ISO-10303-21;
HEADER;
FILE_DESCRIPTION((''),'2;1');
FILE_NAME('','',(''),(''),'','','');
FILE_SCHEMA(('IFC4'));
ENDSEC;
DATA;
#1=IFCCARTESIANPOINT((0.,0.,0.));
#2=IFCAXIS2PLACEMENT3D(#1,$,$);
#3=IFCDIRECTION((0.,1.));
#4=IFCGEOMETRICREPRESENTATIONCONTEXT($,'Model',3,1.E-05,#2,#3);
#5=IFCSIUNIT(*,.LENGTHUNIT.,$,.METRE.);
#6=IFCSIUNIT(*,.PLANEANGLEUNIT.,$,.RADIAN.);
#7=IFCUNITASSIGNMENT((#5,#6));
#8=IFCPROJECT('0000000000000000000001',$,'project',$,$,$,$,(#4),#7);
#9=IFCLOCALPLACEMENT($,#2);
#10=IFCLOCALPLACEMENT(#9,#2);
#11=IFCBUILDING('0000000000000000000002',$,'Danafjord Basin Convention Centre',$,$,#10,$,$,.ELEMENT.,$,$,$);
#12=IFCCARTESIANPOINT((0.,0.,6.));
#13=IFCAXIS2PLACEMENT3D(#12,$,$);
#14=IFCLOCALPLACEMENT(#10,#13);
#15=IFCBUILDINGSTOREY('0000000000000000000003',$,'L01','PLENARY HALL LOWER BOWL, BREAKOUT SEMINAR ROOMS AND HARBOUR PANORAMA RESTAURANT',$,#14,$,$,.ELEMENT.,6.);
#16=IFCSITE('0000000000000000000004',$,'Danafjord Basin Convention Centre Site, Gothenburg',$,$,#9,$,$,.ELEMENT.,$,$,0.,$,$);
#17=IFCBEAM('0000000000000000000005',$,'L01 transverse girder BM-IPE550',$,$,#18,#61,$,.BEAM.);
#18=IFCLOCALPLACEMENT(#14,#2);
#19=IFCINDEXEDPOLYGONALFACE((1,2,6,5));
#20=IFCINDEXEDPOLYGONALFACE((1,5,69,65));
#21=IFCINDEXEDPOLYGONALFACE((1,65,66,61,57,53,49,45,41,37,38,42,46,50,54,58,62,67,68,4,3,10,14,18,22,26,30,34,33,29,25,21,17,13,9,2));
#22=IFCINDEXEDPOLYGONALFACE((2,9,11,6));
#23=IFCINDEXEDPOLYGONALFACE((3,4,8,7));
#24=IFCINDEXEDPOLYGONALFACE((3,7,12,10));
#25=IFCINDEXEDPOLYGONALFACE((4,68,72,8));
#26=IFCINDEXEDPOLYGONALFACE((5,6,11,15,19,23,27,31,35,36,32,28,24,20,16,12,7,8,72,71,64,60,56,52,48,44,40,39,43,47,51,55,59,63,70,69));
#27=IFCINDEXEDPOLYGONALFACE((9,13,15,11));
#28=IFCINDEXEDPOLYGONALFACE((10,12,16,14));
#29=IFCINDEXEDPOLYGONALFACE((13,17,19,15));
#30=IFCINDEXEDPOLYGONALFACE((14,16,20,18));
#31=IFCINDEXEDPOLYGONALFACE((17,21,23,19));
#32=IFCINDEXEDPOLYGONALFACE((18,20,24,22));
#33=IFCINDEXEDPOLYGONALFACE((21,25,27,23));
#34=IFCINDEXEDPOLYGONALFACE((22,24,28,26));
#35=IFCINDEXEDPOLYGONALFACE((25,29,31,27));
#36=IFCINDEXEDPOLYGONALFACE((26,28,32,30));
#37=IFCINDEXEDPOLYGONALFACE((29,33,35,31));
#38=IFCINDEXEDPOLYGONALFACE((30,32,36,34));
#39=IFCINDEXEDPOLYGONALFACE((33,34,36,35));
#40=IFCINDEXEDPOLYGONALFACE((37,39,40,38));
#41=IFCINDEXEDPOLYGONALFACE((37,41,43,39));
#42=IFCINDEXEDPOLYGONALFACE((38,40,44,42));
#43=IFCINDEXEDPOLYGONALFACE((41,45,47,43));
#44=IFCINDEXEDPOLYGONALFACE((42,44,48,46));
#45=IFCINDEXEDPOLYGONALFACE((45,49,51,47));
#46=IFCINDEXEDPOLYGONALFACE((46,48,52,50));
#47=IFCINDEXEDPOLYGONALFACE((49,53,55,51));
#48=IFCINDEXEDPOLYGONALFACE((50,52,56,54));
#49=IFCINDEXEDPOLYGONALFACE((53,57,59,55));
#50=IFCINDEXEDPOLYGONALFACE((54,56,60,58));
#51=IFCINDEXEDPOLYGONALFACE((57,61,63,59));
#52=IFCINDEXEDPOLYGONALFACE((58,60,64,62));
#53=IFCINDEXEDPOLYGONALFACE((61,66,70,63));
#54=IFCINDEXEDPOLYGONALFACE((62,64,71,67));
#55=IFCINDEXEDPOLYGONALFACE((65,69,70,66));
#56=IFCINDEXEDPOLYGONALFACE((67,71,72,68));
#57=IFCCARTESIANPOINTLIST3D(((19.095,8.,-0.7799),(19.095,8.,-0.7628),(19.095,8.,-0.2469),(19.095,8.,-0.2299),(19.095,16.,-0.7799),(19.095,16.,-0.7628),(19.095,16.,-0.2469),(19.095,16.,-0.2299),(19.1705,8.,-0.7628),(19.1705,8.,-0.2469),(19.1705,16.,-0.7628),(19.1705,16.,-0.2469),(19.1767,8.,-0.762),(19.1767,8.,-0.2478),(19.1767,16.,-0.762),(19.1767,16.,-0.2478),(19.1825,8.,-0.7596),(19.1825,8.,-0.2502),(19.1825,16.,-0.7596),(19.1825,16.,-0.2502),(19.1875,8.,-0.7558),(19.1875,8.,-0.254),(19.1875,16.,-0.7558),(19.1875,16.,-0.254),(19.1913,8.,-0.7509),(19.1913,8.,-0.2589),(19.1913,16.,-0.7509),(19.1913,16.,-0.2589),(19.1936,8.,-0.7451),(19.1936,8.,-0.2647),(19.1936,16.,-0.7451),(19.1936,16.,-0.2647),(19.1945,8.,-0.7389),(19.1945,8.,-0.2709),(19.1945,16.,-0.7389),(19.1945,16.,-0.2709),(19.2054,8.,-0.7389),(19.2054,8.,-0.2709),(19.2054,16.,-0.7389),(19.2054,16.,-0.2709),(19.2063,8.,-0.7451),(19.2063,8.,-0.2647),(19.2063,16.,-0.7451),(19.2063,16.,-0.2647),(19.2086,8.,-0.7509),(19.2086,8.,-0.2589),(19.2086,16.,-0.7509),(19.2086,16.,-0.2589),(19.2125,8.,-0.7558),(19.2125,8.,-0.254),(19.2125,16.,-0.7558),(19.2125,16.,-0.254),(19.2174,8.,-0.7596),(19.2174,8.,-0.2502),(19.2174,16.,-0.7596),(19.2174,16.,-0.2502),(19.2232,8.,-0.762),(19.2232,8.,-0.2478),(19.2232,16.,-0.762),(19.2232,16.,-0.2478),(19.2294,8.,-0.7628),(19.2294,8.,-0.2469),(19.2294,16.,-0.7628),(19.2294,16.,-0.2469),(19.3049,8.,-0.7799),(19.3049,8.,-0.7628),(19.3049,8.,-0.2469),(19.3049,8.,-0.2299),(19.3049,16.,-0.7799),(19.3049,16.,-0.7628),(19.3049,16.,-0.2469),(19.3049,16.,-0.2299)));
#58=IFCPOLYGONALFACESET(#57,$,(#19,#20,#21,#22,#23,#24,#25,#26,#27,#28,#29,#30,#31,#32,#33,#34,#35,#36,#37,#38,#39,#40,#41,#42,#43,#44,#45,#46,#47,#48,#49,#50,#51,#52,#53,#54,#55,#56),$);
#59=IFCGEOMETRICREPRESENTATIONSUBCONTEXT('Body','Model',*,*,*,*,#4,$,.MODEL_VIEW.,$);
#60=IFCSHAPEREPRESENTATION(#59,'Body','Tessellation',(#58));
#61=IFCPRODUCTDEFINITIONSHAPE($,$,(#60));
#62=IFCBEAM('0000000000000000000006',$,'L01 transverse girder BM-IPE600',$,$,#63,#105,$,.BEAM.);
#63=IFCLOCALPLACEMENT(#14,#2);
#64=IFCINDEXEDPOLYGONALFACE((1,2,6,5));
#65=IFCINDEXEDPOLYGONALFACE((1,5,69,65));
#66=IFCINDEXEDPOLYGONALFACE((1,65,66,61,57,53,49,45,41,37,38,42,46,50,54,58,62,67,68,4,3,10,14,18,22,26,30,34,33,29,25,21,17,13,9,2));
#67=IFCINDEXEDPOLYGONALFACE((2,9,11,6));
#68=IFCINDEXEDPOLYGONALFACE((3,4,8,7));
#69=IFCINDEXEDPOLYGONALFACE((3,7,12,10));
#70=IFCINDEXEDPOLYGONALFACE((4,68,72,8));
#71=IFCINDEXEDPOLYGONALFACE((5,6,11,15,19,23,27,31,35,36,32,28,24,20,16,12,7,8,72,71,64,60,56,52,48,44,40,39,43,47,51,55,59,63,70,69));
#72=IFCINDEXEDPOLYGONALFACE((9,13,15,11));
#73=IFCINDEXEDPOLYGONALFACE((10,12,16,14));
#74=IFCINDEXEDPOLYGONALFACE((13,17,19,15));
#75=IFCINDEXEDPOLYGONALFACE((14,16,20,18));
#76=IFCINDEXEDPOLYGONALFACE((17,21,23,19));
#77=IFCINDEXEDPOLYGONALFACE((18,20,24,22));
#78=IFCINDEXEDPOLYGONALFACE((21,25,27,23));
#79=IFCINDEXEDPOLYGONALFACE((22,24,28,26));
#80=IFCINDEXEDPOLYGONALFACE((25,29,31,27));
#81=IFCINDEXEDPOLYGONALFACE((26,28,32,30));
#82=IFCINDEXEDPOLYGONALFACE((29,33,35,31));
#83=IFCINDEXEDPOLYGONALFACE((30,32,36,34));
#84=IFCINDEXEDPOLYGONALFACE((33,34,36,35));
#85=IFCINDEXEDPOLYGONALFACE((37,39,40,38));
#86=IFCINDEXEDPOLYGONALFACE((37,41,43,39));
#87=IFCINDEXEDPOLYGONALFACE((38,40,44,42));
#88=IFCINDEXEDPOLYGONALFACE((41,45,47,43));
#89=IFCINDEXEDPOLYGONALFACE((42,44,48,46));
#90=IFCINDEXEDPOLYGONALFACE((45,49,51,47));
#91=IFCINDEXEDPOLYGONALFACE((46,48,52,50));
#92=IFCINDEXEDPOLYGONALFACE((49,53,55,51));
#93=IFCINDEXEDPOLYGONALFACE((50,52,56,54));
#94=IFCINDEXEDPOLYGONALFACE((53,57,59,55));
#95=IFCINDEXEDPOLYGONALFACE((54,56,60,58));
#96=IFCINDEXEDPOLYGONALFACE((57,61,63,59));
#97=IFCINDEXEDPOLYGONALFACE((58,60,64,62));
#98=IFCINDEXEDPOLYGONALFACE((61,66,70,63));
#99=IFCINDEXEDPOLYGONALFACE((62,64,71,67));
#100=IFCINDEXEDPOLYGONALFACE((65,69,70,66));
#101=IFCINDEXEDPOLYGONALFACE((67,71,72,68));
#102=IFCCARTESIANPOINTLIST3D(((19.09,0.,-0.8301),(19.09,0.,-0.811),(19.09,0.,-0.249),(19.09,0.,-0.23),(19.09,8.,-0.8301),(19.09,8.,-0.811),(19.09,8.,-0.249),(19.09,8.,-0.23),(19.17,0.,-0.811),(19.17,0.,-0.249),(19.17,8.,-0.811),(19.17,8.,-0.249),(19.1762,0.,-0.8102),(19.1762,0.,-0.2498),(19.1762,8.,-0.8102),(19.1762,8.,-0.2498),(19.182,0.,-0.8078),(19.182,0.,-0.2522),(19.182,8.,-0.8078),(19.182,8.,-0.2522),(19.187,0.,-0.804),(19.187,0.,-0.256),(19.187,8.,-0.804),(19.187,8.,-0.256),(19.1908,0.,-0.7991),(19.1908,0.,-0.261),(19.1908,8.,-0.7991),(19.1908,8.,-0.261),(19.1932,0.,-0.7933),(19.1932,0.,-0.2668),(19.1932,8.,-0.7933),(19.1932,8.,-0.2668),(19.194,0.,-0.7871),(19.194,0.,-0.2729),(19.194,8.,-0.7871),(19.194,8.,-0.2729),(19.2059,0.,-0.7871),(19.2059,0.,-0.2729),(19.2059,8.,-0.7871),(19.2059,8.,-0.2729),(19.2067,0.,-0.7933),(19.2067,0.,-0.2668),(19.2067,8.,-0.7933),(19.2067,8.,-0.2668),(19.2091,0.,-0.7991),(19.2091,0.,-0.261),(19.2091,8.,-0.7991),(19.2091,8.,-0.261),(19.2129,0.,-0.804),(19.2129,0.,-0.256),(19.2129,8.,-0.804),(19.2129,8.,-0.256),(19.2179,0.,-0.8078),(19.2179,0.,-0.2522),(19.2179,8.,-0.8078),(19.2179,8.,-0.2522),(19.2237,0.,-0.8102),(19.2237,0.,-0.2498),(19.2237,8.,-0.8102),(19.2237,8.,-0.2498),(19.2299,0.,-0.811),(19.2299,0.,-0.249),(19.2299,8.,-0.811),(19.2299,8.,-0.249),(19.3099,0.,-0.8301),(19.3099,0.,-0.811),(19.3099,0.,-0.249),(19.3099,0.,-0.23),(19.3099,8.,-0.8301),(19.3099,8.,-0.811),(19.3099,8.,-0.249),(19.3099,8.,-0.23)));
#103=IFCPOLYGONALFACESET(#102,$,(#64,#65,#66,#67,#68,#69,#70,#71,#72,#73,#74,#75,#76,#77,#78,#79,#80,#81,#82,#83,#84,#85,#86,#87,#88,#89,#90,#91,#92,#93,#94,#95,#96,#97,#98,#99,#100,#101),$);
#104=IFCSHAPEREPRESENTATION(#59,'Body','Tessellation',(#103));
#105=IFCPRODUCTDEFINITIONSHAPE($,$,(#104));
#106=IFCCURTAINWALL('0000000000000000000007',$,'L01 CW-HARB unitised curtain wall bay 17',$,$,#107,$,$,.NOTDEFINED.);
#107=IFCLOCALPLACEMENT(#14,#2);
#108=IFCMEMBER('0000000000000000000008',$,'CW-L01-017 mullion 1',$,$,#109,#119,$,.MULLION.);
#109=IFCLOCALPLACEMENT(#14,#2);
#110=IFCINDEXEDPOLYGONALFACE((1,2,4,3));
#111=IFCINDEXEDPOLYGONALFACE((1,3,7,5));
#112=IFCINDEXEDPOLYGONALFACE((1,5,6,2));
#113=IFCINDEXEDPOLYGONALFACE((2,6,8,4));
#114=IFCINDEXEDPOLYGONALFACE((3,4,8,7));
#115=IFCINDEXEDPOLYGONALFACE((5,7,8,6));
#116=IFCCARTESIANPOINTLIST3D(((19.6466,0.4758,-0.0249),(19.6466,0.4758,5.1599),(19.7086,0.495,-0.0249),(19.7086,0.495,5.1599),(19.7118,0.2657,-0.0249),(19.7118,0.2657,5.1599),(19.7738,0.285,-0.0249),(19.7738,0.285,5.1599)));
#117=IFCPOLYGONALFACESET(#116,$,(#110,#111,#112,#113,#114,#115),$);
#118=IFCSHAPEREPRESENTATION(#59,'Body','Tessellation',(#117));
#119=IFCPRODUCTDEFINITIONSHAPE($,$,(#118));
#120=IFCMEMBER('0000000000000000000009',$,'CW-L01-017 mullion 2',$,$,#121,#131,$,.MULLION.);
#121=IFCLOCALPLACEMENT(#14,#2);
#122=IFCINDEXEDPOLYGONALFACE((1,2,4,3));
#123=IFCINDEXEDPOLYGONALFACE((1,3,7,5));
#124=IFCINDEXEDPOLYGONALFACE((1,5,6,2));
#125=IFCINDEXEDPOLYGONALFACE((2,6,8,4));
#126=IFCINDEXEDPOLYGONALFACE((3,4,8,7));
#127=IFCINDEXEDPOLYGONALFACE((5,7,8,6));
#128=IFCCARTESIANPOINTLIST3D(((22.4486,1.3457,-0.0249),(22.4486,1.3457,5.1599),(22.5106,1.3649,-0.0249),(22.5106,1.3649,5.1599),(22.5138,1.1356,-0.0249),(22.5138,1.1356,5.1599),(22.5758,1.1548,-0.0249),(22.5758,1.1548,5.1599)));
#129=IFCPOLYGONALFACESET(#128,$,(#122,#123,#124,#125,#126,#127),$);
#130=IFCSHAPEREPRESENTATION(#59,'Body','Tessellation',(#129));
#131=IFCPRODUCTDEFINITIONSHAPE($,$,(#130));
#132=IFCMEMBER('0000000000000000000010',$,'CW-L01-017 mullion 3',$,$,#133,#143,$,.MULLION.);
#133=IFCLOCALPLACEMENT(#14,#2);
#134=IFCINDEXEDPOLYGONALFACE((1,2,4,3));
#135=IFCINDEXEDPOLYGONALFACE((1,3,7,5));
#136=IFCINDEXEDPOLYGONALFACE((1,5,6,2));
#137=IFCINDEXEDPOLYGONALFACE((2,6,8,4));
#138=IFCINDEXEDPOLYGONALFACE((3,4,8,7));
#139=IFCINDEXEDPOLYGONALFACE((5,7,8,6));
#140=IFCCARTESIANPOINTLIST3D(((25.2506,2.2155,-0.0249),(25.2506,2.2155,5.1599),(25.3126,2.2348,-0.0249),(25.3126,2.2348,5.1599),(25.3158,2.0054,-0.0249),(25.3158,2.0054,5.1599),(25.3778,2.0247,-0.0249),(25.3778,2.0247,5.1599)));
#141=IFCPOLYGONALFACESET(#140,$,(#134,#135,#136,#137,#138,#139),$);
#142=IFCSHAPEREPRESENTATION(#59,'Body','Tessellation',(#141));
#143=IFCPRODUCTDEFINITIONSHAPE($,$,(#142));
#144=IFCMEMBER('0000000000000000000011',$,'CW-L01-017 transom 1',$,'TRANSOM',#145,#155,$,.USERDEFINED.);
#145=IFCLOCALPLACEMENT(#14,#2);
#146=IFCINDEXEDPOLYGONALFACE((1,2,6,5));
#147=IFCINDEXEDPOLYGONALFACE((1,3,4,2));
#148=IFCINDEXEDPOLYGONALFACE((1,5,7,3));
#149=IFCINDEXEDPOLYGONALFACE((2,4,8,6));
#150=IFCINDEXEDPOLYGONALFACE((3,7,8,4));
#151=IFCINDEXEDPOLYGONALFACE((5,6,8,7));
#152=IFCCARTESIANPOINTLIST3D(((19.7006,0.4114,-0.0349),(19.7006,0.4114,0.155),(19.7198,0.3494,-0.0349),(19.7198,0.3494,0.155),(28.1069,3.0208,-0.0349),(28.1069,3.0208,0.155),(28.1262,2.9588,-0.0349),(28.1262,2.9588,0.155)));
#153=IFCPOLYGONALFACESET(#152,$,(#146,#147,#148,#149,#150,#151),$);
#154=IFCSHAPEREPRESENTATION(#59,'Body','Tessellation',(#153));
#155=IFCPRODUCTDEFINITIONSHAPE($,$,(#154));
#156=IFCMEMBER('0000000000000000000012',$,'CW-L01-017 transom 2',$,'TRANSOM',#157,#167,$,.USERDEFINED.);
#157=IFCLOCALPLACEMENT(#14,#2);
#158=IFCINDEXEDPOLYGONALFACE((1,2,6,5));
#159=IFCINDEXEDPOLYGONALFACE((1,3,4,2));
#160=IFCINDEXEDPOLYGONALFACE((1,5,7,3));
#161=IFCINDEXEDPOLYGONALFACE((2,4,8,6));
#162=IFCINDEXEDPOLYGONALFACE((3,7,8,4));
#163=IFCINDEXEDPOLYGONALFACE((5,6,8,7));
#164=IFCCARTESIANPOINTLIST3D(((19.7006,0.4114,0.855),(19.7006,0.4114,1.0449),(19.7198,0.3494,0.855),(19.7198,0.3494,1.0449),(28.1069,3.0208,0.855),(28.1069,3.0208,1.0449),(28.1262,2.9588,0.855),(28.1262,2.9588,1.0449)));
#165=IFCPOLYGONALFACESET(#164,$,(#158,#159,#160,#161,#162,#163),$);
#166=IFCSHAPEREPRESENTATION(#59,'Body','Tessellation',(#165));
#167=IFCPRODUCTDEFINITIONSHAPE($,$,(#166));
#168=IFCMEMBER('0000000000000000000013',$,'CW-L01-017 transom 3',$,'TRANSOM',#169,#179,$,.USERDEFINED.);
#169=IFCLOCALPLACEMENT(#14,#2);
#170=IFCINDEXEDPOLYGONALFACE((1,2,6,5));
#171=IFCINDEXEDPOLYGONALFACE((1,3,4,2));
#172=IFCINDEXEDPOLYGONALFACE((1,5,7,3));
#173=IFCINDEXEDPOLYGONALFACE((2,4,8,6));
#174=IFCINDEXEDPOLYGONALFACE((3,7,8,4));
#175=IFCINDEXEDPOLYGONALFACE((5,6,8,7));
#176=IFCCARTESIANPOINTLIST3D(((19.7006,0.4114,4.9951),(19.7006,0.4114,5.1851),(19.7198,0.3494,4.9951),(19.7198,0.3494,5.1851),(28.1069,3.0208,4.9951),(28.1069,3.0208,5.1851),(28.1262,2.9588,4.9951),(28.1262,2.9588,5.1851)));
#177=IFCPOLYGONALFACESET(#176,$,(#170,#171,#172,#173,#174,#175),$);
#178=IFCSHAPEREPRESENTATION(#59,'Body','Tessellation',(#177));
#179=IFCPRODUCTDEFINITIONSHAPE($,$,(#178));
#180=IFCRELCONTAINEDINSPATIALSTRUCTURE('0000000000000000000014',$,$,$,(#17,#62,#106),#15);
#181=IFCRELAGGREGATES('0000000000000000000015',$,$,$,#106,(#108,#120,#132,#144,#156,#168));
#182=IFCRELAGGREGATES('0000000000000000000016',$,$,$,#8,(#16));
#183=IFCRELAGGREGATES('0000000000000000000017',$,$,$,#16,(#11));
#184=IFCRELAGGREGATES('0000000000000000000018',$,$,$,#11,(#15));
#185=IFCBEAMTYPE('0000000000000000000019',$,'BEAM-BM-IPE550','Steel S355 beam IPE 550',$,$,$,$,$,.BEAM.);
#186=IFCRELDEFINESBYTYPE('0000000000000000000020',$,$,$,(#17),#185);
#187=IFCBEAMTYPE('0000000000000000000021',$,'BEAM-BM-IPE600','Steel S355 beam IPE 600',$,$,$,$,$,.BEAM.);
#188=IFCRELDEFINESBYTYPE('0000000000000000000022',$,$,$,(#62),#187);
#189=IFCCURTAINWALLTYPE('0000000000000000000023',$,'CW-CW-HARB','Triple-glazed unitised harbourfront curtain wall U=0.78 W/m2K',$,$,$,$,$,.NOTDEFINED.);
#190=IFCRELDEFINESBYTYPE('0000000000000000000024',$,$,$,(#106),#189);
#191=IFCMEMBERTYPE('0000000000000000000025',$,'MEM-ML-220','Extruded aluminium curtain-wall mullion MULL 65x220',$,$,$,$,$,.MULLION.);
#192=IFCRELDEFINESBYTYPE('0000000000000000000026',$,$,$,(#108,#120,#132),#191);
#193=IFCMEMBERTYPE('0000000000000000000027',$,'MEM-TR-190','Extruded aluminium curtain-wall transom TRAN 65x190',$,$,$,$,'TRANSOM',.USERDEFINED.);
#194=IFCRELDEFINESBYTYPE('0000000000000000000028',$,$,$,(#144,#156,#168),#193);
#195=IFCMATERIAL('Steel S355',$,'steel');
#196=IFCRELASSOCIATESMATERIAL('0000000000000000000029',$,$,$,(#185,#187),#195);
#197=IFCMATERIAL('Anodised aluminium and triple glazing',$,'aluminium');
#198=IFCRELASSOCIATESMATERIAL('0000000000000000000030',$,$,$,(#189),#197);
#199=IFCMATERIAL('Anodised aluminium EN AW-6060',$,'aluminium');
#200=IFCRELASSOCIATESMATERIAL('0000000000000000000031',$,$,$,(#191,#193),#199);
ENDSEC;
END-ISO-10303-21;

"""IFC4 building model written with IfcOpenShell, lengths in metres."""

from ifc_helpers import new_model, si_unit, direction, frame, origin, origin_2d, place, context, subcontext, project, spatial, rectangle, i_section, extrude, material, material_profile, profile_set, type_object, element, aggregate, save


model = new_model("IFC4")

# Units and contexts
model_context = context("Model", 3, precision=1e-05, world=origin(), true_north=direction((0.0, 1.0)))
body_context = subcontext(model_context, "Body", "Model", "MODEL_VIEW")
ifc_project = project(units=[si_unit("LENGTHUNIT", "METRE"), si_unit("PLANEANGLEUNIT", "RADIAN")], contexts=[model_context])

# Site, building, storey
site_placement = place(None, origin())
site = spatial("IfcSite", under=ifc_project, at=site_placement, Name="Danafjord Basin Convention Centre Site, Gothenburg", CompositionType="ELEMENT", RefElevation=0.0)
building_placement = place(site_placement, origin())
building = spatial("IfcBuilding", under=site, at=building_placement, Name="Danafjord Basin Convention Centre", CompositionType="ELEMENT")
storey_placement = place(building_placement, frame((0.0, 0.0, 6.0)))
storey = spatial("IfcBuildingStorey", under=building, at=storey_placement, Name="L01", Description="PLENARY HALL LOWER BOWL, BREAKOUT SEMINAR ROOMS AND HARBOUR PANORAMA RESTAURANT", CompositionType="ELEMENT", Elevation=6.0)

# Shared definitions
ifc_material_1 = material(Name="Steel S355", Category="steel")

# Beams
ifc_material_profile_1 = material_profile(ifc_material_1, i_section(OverallWidth=0.21, OverallDepth=0.55, WebThickness=0.011, FlangeThickness=0.0171, FilletRadius=0.0239, at=origin_2d()), Name="IPE 550")
ifc_profile_set_1 = profile_set([ifc_material_profile_1], Name="Steel S355")
beam_type_1 = type_object("IfcBeamType", Name="BEAM-BM-IPE550", Description="Steel S355 beam IPE 550", PredefinedType="BEAM", material=ifc_profile_set_1)
beam_1_placement = place(storey_placement, frame((19.2, 8.0, -0.5049), z_axis=(0.0, 1.0, 0.0), x_axis=(-1.0, 0.0, 0.0)))
element("IfcBeam", 1, at=beam_1_placement, inside=storey, type_object=beam_type_1, Name="L01 transverse girder BM-IPE550", PredefinedType="BEAM", context=body_context, shape_type="SweptSolid", body=[
    extrude(i_section(OverallWidth=0.21, OverallDepth=0.55, WebThickness=0.011, FlangeThickness=0.0171, FilletRadius=0.0239, at=origin_2d()), origin(), (0.0, 0.0, 1.0), 8.0),
])
ifc_material_profile_2 = material_profile(ifc_material_1, i_section(OverallWidth=0.22, OverallDepth=0.6001, WebThickness=0.012, FlangeThickness=0.019, FilletRadius=0.0239, at=origin_2d()), Name="IPE 600")
ifc_profile_set_2 = profile_set([ifc_material_profile_2], Name="Steel S355")
beam_type_2 = type_object("IfcBeamType", Name="BEAM-BM-IPE600", Description="Steel S355 beam IPE 600", PredefinedType="BEAM", material=ifc_profile_set_2)
beam_2_placement = place(storey_placement, frame((19.2, 0.0, -0.53), z_axis=(0.0, 1.0, 0.0), x_axis=(-1.0, 0.0, 0.0)))
element("IfcBeam", 2, at=beam_2_placement, inside=storey, type_object=beam_type_2, Name="L01 transverse girder BM-IPE600", PredefinedType="BEAM", context=body_context, shape_type="SweptSolid", body=[
    extrude(i_section(OverallWidth=0.22, OverallDepth=0.6001, WebThickness=0.012, FlangeThickness=0.019, FilletRadius=0.0239, at=origin_2d()), origin(), (0.0, 0.0, 1.0), 8.0),
])

# Curtain wall, members
ifc_material_2 = material(Name="Anodised aluminium and triple glazing", Category="aluminium")
curtain_wall_type = type_object("IfcCurtainWallType", Name="CW-CW-HARB", Description="Triple-glazed unitised harbourfront curtain wall U=0.78 W/m2K", PredefinedType="NOTDEFINED", material=ifc_material_2)
curtain_wall_placement = place(storey_placement, origin())
curtain_wall = element("IfcCurtainWall", 3, at=curtain_wall_placement, inside=storey, type_object=curtain_wall_type, Name="L01 CW-HARB unitised curtain wall bay 17", PredefinedType="NOTDEFINED")
ifc_material_3 = material(Name="Anodised aluminium EN AW-6060", Category="aluminium")
ifc_material_profile_3 = material_profile(ifc_material_3, rectangle(XDim=0.0649, YDim=0.22, at=origin_2d()), Name="MULL 65x220")
ifc_profile_set_3 = profile_set([ifc_material_profile_3], Name="Anodised aluminium EN AW-6060")
member_type_1 = type_object("IfcMemberType", Name="MEM-ML-220", Description="Extruded aluminium curtain-wall mullion MULL 65x220", PredefinedType="MULLION", material=ifc_profile_set_3)
member_1_placement = place(storey_placement, frame((19.7102, 0.3804, -0.0249), z_axis=(0.0, 0.0, 1.0), x_axis=(0.955045, 0.296462, 0.0)))
member_1 = element("IfcMember", 4, at=member_1_placement, type_object=member_type_1, Name="CW-L01-017 mullion 1", PredefinedType="MULLION", context=body_context, shape_type="SweptSolid", body=[
    extrude(rectangle(XDim=0.0649, YDim=0.22, at=origin_2d()), origin(), (0.0, 0.0, 1.0), 5.1848),
])
member_2_placement = place(storey_placement, frame((22.5122, 1.2502, -0.0249), z_axis=(0.0, 0.0, 1.0), x_axis=(0.955045, 0.296462, 0.0)))
member_2 = element("IfcMember", 5, at=member_2_placement, type_object=member_type_1, Name="CW-L01-017 mullion 2", PredefinedType="MULLION", context=body_context, shape_type="SweptSolid", body=[
    extrude(rectangle(XDim=0.0649, YDim=0.22, at=origin_2d()), origin(), (0.0, 0.0, 1.0), 5.1848),
])
member_3_placement = place(storey_placement, frame((25.3142, 2.1201, -0.0249), z_axis=(0.0, 0.0, 1.0), x_axis=(0.955045, 0.296462, 0.0)))
member_3 = element("IfcMember", 6, at=member_3_placement, type_object=member_type_1, Name="CW-L01-017 mullion 3", PredefinedType="MULLION", context=body_context, shape_type="SweptSolid", body=[
    extrude(rectangle(XDim=0.0649, YDim=0.22, at=origin_2d()), origin(), (0.0, 0.0, 1.0), 5.1848),
])
ifc_material_profile_4 = material_profile(ifc_material_3, rectangle(XDim=0.0649, YDim=0.1899, at=origin_2d()), Name="TRAN 65x190")
ifc_profile_set_4 = profile_set([ifc_material_profile_4], Name="Anodised aluminium EN AW-6060")
member_type_2 = type_object("IfcMemberType", Name="MEM-TR-190", Description="Extruded aluminium curtain-wall transom TRAN 65x190", ElementType="TRANSOM", PredefinedType="USERDEFINED", material=ifc_profile_set_4)
member_4_placement = place(storey_placement, frame((19.7102, 0.3804, 0.0601), z_axis=(0.955047, 0.296455, 0.0), x_axis=(-0.296455, 0.955047, 0.0)))
member_4 = element("IfcMember", 7, at=member_4_placement, type_object=member_type_2, Name="CW-L01-017 transom 1", ObjectType="TRANSOM", PredefinedType="USERDEFINED", context=body_context, shape_type="SweptSolid", body=[
    extrude(rectangle(XDim=0.0649, YDim=0.1899, at=origin_2d()), origin(), (0.0, 0.0, 1.0), 8.802),
])
member_5_placement = place(storey_placement, frame((19.7102, 0.3804, 0.95), z_axis=(0.955047, 0.296455, 0.0), x_axis=(-0.296455, 0.955047, 0.0)))
member_5 = element("IfcMember", 8, at=member_5_placement, type_object=member_type_2, Name="CW-L01-017 transom 2", ObjectType="TRANSOM", PredefinedType="USERDEFINED", context=body_context, shape_type="SweptSolid", body=[
    extrude(rectangle(XDim=0.0649, YDim=0.1899, at=origin_2d()), origin(), (0.0, 0.0, 1.0), 8.802),
])
member_6_placement = place(storey_placement, frame((19.7102, 0.3804, 5.0901), z_axis=(0.955047, 0.296455, 0.0), x_axis=(-0.296455, 0.955047, 0.0)))
member_6 = element("IfcMember", 9, at=member_6_placement, type_object=member_type_2, Name="CW-L01-017 transom 3", ObjectType="TRANSOM", PredefinedType="USERDEFINED", context=body_context, shape_type="SweptSolid", body=[
    extrude(rectangle(XDim=0.0649, YDim=0.1899, at=origin_2d()), origin(), (0.0, 0.0, 1.0), 8.802),
])
aggregate(curtain_wall, [member_1, member_2, member_3, member_4, member_5, member_6])

save(model, "model.ifc")
